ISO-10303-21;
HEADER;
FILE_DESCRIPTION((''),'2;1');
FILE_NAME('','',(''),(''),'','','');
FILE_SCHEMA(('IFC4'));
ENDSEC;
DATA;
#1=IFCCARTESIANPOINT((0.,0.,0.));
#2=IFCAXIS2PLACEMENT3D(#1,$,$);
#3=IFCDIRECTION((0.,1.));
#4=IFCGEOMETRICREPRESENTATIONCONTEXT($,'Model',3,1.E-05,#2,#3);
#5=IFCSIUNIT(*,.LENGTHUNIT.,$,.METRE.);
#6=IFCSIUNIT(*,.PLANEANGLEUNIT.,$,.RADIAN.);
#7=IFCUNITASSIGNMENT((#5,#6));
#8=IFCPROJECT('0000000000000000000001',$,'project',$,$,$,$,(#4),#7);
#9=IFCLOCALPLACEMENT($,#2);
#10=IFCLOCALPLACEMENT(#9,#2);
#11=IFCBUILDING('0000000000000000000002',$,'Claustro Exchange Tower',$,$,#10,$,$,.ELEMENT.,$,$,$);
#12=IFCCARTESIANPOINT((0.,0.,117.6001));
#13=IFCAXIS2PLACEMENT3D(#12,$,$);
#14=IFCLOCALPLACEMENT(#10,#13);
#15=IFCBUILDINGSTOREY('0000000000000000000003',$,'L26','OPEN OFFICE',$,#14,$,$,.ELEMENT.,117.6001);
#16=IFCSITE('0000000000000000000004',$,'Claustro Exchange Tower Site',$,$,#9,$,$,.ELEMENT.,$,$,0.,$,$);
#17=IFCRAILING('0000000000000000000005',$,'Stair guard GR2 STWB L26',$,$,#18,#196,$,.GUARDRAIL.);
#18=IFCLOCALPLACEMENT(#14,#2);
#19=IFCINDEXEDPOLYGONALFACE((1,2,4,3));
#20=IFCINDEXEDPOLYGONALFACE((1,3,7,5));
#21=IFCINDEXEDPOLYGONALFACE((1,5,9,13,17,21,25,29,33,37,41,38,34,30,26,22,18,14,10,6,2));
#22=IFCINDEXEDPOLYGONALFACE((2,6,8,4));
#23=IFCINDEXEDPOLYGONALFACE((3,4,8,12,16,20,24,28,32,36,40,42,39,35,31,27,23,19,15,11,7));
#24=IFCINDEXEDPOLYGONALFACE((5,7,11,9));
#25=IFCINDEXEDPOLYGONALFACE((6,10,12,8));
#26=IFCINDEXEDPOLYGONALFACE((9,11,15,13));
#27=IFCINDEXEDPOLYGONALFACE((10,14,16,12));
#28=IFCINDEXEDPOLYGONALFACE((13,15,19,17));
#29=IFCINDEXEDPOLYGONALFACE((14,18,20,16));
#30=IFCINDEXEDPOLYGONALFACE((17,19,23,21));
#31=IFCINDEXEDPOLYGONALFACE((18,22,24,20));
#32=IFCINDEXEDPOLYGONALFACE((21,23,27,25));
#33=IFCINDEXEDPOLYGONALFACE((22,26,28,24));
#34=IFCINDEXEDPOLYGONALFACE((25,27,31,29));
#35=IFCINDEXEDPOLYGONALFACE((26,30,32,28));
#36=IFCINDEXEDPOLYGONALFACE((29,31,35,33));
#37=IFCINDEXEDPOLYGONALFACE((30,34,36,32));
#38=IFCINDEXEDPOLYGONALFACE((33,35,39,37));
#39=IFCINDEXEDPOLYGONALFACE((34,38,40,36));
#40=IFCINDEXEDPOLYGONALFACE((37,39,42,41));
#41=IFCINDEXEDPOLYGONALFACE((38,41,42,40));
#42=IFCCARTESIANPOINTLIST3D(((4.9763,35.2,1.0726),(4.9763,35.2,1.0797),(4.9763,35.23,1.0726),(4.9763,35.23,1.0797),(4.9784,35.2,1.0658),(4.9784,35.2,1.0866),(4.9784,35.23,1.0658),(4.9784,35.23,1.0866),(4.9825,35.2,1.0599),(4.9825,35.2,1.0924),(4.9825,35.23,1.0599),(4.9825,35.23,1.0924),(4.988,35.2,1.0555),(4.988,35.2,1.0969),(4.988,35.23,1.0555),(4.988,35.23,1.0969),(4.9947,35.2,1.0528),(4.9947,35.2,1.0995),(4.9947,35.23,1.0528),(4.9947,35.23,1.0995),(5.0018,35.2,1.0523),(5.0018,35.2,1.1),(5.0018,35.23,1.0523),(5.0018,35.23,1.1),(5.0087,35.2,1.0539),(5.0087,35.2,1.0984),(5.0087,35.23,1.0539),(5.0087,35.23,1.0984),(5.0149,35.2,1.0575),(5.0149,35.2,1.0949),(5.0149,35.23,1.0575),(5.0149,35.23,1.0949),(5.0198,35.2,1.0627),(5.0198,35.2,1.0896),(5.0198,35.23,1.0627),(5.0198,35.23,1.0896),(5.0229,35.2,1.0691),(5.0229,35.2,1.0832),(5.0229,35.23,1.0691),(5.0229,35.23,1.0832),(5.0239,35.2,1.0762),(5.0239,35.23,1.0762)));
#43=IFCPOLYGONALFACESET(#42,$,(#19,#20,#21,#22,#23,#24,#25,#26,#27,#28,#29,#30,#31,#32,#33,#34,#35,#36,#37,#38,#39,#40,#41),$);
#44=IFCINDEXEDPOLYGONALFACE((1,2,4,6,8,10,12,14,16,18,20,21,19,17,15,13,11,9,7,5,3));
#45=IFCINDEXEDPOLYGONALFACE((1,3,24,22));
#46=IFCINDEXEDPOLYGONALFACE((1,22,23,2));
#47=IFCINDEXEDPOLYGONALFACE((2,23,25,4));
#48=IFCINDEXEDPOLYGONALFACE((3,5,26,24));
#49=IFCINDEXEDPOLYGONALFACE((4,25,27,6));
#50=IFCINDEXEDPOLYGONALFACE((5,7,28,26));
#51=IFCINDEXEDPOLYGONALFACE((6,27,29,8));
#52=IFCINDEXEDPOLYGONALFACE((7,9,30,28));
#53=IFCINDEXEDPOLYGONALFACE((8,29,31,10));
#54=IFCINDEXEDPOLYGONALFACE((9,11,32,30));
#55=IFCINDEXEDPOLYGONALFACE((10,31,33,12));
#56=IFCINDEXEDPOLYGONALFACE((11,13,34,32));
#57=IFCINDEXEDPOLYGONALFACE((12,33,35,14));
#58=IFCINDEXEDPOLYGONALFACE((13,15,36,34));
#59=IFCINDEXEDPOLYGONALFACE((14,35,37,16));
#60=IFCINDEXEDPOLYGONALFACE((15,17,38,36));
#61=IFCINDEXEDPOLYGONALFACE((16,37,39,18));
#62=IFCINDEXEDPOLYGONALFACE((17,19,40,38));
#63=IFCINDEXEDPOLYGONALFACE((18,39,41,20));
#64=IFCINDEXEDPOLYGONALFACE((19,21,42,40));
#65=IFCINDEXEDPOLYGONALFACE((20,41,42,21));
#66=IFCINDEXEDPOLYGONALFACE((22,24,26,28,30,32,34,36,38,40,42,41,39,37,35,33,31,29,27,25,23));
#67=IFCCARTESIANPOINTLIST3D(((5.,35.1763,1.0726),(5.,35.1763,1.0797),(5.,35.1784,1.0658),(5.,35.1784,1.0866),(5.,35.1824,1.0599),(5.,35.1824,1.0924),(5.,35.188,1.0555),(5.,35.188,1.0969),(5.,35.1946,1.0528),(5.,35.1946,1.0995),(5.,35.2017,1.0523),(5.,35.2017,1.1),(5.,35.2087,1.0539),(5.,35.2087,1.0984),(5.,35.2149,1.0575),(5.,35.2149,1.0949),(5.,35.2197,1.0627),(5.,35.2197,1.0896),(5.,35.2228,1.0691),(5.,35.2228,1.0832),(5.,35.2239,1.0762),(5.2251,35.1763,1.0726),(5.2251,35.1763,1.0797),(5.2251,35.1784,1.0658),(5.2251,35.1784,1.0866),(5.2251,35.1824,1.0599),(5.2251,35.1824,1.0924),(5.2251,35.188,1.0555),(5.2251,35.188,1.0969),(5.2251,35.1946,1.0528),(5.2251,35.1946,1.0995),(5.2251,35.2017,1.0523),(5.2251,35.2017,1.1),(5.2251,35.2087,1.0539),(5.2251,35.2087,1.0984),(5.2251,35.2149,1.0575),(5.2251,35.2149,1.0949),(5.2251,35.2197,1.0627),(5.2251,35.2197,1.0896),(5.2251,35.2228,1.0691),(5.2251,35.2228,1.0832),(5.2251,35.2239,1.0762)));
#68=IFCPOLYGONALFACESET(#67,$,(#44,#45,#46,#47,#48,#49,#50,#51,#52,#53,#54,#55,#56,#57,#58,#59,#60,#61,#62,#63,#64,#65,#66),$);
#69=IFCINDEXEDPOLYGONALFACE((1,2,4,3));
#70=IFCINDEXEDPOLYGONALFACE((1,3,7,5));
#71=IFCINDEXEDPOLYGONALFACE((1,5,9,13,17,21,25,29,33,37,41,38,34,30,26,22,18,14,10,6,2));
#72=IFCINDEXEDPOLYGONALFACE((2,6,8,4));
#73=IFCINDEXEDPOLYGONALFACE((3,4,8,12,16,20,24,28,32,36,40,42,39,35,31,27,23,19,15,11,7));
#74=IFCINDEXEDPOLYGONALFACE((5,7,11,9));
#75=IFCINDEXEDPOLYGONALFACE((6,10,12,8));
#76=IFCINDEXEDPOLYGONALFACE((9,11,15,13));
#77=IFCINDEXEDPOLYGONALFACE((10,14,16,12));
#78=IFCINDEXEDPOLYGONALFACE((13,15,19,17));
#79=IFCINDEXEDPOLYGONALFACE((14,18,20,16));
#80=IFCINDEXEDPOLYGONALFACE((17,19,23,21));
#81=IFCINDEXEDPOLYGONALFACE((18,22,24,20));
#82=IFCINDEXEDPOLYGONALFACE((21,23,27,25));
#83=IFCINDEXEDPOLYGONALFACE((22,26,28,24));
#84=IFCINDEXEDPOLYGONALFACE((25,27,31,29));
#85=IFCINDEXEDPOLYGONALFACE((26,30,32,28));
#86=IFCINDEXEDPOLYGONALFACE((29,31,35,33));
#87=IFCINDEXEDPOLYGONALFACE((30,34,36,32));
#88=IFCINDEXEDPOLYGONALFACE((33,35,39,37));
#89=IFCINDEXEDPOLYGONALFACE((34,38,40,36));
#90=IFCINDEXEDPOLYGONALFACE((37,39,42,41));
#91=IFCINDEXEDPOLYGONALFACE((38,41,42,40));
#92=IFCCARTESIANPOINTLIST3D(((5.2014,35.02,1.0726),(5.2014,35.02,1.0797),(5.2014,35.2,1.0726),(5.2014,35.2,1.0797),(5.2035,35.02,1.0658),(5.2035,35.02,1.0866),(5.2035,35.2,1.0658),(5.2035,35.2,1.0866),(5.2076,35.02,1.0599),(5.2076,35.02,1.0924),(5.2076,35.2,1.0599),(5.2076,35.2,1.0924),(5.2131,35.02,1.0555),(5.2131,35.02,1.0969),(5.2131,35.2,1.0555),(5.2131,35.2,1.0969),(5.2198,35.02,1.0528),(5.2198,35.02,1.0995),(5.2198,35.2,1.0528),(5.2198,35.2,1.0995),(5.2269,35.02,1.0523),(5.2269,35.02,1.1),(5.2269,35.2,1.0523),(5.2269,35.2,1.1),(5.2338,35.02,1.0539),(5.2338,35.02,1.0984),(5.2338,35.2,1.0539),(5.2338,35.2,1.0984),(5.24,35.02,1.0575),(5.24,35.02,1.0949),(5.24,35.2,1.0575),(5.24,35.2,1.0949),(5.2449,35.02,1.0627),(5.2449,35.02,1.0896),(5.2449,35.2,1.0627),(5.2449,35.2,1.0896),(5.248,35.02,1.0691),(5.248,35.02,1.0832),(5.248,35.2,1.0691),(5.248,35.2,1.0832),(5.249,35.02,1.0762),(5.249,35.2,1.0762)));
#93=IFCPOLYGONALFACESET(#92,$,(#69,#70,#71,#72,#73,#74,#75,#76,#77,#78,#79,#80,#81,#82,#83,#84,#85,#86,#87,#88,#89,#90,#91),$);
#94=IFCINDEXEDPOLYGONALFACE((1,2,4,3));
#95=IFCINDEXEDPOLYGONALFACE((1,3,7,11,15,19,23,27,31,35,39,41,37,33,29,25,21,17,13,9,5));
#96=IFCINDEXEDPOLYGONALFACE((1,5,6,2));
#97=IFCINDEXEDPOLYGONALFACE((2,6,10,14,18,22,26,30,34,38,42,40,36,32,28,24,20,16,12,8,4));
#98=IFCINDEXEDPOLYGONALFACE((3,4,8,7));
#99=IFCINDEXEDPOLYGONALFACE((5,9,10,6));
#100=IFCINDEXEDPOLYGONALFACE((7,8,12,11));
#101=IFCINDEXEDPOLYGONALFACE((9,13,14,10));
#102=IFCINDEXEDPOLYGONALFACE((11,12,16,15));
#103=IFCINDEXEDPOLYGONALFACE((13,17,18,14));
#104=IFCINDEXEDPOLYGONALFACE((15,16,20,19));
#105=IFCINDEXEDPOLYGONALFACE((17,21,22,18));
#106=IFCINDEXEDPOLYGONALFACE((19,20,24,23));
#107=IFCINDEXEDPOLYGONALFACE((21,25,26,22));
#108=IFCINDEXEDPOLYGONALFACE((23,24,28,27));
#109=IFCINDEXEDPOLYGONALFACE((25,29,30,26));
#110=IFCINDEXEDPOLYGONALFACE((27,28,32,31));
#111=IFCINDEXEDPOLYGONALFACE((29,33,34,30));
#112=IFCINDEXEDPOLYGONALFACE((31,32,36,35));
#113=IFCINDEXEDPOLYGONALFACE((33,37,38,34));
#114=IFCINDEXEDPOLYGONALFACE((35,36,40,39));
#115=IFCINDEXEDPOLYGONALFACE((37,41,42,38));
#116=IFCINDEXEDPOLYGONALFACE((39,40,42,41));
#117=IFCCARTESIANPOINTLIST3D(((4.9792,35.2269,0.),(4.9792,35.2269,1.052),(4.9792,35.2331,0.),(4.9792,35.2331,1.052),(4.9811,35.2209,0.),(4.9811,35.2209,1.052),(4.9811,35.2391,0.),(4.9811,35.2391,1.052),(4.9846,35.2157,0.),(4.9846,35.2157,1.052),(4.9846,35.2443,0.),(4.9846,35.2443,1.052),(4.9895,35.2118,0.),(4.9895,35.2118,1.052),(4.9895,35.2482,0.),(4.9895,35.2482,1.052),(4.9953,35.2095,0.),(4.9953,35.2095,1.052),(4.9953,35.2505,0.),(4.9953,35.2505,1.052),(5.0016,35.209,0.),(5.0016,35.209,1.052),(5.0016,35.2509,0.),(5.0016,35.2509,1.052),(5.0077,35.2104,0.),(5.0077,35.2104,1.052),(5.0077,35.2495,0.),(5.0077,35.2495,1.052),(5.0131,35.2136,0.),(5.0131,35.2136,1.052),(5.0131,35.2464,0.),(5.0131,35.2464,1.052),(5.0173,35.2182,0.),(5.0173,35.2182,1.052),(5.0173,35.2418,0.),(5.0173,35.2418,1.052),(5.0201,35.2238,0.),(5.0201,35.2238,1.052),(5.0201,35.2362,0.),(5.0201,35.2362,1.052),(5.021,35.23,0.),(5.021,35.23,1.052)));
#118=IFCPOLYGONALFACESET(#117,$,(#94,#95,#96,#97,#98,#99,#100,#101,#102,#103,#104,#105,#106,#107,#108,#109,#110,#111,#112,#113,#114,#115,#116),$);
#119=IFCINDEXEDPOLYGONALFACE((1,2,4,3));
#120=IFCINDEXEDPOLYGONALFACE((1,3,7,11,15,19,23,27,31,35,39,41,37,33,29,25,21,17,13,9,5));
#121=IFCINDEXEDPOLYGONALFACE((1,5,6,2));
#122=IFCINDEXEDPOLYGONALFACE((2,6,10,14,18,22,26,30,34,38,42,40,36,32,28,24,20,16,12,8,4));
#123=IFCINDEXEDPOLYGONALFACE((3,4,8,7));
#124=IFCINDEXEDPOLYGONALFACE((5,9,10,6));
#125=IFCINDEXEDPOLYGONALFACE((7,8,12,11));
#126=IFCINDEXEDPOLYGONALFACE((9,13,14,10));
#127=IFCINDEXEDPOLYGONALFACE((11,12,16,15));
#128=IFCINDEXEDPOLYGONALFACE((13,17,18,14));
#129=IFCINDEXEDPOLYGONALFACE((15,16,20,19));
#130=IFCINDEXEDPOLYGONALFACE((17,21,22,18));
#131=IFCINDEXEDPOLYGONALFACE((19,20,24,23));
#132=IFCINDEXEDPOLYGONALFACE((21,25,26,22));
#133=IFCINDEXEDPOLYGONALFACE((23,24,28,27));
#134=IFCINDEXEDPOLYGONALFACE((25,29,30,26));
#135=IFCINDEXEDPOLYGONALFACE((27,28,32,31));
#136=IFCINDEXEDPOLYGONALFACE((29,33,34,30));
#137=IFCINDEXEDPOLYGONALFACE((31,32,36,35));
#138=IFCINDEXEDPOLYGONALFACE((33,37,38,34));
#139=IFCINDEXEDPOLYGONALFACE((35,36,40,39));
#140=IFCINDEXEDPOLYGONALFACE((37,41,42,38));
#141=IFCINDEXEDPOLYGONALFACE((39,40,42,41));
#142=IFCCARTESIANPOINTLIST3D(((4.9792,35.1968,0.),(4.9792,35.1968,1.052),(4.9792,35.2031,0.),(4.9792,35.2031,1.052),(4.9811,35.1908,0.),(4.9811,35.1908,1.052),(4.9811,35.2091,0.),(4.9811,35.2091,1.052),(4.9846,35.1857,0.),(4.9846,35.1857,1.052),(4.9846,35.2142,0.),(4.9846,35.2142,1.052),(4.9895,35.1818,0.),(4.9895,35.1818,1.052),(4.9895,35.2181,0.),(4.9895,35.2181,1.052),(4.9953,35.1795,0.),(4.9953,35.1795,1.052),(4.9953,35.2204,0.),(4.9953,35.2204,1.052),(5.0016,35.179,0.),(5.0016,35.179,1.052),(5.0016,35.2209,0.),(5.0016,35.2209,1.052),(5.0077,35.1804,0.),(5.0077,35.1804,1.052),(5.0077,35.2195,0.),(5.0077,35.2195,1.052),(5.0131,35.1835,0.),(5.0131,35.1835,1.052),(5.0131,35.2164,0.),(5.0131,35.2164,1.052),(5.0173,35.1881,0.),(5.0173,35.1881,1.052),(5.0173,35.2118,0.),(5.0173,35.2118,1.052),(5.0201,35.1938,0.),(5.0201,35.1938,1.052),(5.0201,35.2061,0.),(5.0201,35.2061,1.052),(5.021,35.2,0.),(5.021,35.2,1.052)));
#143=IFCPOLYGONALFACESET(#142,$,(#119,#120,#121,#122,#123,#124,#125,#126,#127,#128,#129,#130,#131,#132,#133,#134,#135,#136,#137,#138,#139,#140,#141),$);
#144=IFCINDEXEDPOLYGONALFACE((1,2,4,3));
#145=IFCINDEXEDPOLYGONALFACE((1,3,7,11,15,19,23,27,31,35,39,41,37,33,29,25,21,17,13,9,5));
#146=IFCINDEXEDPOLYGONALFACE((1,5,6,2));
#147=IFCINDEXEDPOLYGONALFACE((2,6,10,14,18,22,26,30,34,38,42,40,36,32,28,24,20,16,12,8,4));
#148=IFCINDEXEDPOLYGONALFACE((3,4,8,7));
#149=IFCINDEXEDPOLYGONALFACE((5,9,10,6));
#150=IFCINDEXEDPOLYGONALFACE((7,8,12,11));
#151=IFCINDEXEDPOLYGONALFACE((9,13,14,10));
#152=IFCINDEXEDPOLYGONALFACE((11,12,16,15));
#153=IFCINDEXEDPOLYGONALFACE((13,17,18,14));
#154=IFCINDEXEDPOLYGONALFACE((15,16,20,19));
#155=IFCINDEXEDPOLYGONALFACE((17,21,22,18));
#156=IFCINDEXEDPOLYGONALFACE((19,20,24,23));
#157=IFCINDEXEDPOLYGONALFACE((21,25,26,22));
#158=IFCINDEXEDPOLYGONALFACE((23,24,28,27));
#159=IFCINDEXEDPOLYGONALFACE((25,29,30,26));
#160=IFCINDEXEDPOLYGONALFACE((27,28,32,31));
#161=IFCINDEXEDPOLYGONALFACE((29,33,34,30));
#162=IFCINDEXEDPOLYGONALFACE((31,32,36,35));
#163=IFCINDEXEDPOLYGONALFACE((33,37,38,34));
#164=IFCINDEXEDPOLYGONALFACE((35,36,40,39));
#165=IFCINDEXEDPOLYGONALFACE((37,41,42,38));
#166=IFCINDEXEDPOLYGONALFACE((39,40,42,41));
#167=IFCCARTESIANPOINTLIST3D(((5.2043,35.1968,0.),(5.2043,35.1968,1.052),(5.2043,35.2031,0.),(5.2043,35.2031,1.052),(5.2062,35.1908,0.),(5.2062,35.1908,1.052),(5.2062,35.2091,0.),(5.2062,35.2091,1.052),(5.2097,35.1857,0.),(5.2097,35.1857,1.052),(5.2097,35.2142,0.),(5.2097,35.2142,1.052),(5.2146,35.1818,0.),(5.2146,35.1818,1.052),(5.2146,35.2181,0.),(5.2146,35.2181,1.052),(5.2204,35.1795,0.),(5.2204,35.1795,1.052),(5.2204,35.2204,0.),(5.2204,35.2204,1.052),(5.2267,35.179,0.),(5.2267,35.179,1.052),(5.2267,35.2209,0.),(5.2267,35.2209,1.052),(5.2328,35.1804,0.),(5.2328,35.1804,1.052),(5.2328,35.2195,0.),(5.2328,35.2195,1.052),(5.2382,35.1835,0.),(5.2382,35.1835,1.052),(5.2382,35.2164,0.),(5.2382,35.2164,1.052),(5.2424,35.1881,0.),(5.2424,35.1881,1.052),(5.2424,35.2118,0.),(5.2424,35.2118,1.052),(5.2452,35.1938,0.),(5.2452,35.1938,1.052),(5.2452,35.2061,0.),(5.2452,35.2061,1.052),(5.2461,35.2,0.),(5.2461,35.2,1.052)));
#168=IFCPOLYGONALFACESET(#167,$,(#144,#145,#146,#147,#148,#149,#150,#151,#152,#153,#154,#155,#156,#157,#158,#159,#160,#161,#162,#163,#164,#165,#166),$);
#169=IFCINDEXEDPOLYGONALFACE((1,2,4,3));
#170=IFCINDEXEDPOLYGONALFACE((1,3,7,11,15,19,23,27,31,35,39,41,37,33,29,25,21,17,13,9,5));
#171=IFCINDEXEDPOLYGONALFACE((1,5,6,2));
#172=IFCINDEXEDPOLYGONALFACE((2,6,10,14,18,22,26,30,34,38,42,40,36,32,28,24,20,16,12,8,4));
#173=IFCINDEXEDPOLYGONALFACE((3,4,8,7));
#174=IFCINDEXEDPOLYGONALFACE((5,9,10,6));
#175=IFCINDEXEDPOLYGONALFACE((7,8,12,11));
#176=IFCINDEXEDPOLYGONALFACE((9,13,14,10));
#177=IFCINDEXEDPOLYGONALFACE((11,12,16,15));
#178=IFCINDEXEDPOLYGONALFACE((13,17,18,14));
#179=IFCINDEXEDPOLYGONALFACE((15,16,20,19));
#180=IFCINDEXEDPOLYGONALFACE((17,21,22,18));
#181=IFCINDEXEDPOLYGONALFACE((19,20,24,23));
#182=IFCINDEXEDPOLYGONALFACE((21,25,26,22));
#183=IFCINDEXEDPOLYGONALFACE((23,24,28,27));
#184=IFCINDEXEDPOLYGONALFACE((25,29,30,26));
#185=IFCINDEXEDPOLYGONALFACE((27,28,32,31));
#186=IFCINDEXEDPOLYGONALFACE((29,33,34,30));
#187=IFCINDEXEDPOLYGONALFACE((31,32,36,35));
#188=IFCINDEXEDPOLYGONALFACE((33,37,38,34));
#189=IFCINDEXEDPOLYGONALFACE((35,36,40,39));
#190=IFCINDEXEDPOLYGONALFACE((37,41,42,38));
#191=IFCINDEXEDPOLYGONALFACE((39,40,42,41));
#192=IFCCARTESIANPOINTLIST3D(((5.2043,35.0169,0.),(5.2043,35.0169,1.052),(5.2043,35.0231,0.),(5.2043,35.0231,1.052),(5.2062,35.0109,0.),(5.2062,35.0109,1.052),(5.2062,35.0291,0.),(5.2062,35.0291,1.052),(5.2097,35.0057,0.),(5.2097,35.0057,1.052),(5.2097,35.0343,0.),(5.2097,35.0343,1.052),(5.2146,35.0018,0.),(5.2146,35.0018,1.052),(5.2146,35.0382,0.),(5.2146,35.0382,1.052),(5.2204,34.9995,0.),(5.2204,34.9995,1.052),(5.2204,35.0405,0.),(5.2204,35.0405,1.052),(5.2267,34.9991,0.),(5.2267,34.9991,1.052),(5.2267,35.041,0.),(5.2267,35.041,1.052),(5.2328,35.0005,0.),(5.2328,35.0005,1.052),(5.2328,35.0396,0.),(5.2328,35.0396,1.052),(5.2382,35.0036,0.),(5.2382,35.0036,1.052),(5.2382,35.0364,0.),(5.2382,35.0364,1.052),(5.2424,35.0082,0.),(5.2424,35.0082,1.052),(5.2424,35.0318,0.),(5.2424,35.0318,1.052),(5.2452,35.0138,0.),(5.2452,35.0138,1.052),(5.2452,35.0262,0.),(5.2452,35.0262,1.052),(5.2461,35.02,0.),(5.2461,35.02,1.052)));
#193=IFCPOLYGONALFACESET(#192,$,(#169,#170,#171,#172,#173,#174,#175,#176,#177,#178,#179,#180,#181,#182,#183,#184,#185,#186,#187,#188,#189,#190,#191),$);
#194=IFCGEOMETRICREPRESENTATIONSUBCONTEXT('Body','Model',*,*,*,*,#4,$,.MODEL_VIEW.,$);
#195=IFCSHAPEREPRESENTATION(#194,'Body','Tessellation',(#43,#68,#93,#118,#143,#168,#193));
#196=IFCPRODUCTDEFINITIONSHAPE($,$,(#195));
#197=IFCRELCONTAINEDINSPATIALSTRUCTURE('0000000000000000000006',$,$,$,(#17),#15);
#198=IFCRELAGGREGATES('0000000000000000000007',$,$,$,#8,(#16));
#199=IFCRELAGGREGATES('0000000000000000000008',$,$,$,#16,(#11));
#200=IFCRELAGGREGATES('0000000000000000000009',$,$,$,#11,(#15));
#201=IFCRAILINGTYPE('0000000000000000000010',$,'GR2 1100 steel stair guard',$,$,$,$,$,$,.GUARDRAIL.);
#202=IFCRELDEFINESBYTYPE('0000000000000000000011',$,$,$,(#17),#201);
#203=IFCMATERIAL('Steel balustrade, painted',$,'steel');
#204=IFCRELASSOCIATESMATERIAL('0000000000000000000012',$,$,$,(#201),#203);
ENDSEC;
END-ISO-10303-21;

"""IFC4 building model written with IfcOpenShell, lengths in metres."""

from ifc_helpers import new_model, si_unit, direction, frame, origin, origin_2d, place, context, subcontext, project, spatial, circle, extrude, material, type_object, element, save


model = new_model("IFC4")

# Units and contexts
model_context = context("Model", 3, precision=1e-05, world=origin(), true_north=direction((0.0, 1.0)))
body_context = subcontext(model_context, "Body", "Model", "MODEL_VIEW")
ifc_project = project(units=[si_unit("LENGTHUNIT", "METRE"), si_unit("PLANEANGLEUNIT", "RADIAN")], contexts=[model_context])

# Site, building, storey
site_placement = place(None, origin())
site = spatial("IfcSite", under=ifc_project, at=site_placement, Name="Claustro Exchange Tower Site", CompositionType="ELEMENT", RefElevation=0.0)
building_placement = place(site_placement, origin())
building = spatial("IfcBuilding", under=site, at=building_placement, Name="Claustro Exchange Tower", CompositionType="ELEMENT")
storey_placement = place(building_placement, frame((0.0, 0.0, 117.6001)))
storey = spatial("IfcBuildingStorey", under=building, at=storey_placement, Name="L26", Description="OPEN OFFICE", CompositionType="ELEMENT", Elevation=117.6001)

# Railing
ifc_material_1 = material(Name="Steel balustrade, painted", Category="steel")
railing_type_1 = type_object("IfcRailingType", Name="GR2 1100 steel stair guard", PredefinedType="GUARDRAIL", material=ifc_material_1)
railing_1_placement = place(storey_placement, frame((5.0, 35.23, 0.0)))
element("IfcRailing", 1, at=railing_1_placement, inside=storey, type_object=railing_type_1, Name="Stair guard GR2 STWB L26", PredefinedType="GUARDRAIL", context=body_context, shape_type="SweptSolid", body=[
    extrude(circle(Radius=0.0239, at=origin_2d()), frame((0.0, 0.0, 1.0762), z_axis=(0.0, -1.0, 0.0), x_axis=(1.0, 0.0, 0.0)), (0.0, 0.0, 1.0), 0.03),
    extrude(circle(Radius=0.0239, at=origin_2d()), frame((0.0, -0.03, 1.0762), z_axis=(1.0, 0.0, 0.0), x_axis=(0.0, 1.0, 0.0)), (0.0, 0.0, 1.0), 0.2251),
    extrude(circle(Radius=0.0239, at=origin_2d()), frame((0.2251, -0.03, 1.0762), z_axis=(0.0, -1.0, 0.0), x_axis=(1.0, 0.0, 0.0)), (0.0, 0.0, 1.0), 0.1799),
    extrude(circle(Radius=0.021, at=origin_2d()), origin(), (0.0, 0.0, 1.0), 1.052),
    extrude(circle(Radius=0.021, at=origin_2d()), frame((0.0, -0.03, 0.0)), (0.0, 0.0, 1.0), 1.052),
    extrude(circle(Radius=0.021, at=origin_2d()), frame((0.2251, -0.03, 0.0)), (0.0, 0.0, 1.0), 1.052),
    extrude(circle(Radius=0.021, at=origin_2d()), frame((0.2251, -0.21, 0.0)), (0.0, 0.0, 1.0), 1.052),
])

save(model, "model.ifc")
